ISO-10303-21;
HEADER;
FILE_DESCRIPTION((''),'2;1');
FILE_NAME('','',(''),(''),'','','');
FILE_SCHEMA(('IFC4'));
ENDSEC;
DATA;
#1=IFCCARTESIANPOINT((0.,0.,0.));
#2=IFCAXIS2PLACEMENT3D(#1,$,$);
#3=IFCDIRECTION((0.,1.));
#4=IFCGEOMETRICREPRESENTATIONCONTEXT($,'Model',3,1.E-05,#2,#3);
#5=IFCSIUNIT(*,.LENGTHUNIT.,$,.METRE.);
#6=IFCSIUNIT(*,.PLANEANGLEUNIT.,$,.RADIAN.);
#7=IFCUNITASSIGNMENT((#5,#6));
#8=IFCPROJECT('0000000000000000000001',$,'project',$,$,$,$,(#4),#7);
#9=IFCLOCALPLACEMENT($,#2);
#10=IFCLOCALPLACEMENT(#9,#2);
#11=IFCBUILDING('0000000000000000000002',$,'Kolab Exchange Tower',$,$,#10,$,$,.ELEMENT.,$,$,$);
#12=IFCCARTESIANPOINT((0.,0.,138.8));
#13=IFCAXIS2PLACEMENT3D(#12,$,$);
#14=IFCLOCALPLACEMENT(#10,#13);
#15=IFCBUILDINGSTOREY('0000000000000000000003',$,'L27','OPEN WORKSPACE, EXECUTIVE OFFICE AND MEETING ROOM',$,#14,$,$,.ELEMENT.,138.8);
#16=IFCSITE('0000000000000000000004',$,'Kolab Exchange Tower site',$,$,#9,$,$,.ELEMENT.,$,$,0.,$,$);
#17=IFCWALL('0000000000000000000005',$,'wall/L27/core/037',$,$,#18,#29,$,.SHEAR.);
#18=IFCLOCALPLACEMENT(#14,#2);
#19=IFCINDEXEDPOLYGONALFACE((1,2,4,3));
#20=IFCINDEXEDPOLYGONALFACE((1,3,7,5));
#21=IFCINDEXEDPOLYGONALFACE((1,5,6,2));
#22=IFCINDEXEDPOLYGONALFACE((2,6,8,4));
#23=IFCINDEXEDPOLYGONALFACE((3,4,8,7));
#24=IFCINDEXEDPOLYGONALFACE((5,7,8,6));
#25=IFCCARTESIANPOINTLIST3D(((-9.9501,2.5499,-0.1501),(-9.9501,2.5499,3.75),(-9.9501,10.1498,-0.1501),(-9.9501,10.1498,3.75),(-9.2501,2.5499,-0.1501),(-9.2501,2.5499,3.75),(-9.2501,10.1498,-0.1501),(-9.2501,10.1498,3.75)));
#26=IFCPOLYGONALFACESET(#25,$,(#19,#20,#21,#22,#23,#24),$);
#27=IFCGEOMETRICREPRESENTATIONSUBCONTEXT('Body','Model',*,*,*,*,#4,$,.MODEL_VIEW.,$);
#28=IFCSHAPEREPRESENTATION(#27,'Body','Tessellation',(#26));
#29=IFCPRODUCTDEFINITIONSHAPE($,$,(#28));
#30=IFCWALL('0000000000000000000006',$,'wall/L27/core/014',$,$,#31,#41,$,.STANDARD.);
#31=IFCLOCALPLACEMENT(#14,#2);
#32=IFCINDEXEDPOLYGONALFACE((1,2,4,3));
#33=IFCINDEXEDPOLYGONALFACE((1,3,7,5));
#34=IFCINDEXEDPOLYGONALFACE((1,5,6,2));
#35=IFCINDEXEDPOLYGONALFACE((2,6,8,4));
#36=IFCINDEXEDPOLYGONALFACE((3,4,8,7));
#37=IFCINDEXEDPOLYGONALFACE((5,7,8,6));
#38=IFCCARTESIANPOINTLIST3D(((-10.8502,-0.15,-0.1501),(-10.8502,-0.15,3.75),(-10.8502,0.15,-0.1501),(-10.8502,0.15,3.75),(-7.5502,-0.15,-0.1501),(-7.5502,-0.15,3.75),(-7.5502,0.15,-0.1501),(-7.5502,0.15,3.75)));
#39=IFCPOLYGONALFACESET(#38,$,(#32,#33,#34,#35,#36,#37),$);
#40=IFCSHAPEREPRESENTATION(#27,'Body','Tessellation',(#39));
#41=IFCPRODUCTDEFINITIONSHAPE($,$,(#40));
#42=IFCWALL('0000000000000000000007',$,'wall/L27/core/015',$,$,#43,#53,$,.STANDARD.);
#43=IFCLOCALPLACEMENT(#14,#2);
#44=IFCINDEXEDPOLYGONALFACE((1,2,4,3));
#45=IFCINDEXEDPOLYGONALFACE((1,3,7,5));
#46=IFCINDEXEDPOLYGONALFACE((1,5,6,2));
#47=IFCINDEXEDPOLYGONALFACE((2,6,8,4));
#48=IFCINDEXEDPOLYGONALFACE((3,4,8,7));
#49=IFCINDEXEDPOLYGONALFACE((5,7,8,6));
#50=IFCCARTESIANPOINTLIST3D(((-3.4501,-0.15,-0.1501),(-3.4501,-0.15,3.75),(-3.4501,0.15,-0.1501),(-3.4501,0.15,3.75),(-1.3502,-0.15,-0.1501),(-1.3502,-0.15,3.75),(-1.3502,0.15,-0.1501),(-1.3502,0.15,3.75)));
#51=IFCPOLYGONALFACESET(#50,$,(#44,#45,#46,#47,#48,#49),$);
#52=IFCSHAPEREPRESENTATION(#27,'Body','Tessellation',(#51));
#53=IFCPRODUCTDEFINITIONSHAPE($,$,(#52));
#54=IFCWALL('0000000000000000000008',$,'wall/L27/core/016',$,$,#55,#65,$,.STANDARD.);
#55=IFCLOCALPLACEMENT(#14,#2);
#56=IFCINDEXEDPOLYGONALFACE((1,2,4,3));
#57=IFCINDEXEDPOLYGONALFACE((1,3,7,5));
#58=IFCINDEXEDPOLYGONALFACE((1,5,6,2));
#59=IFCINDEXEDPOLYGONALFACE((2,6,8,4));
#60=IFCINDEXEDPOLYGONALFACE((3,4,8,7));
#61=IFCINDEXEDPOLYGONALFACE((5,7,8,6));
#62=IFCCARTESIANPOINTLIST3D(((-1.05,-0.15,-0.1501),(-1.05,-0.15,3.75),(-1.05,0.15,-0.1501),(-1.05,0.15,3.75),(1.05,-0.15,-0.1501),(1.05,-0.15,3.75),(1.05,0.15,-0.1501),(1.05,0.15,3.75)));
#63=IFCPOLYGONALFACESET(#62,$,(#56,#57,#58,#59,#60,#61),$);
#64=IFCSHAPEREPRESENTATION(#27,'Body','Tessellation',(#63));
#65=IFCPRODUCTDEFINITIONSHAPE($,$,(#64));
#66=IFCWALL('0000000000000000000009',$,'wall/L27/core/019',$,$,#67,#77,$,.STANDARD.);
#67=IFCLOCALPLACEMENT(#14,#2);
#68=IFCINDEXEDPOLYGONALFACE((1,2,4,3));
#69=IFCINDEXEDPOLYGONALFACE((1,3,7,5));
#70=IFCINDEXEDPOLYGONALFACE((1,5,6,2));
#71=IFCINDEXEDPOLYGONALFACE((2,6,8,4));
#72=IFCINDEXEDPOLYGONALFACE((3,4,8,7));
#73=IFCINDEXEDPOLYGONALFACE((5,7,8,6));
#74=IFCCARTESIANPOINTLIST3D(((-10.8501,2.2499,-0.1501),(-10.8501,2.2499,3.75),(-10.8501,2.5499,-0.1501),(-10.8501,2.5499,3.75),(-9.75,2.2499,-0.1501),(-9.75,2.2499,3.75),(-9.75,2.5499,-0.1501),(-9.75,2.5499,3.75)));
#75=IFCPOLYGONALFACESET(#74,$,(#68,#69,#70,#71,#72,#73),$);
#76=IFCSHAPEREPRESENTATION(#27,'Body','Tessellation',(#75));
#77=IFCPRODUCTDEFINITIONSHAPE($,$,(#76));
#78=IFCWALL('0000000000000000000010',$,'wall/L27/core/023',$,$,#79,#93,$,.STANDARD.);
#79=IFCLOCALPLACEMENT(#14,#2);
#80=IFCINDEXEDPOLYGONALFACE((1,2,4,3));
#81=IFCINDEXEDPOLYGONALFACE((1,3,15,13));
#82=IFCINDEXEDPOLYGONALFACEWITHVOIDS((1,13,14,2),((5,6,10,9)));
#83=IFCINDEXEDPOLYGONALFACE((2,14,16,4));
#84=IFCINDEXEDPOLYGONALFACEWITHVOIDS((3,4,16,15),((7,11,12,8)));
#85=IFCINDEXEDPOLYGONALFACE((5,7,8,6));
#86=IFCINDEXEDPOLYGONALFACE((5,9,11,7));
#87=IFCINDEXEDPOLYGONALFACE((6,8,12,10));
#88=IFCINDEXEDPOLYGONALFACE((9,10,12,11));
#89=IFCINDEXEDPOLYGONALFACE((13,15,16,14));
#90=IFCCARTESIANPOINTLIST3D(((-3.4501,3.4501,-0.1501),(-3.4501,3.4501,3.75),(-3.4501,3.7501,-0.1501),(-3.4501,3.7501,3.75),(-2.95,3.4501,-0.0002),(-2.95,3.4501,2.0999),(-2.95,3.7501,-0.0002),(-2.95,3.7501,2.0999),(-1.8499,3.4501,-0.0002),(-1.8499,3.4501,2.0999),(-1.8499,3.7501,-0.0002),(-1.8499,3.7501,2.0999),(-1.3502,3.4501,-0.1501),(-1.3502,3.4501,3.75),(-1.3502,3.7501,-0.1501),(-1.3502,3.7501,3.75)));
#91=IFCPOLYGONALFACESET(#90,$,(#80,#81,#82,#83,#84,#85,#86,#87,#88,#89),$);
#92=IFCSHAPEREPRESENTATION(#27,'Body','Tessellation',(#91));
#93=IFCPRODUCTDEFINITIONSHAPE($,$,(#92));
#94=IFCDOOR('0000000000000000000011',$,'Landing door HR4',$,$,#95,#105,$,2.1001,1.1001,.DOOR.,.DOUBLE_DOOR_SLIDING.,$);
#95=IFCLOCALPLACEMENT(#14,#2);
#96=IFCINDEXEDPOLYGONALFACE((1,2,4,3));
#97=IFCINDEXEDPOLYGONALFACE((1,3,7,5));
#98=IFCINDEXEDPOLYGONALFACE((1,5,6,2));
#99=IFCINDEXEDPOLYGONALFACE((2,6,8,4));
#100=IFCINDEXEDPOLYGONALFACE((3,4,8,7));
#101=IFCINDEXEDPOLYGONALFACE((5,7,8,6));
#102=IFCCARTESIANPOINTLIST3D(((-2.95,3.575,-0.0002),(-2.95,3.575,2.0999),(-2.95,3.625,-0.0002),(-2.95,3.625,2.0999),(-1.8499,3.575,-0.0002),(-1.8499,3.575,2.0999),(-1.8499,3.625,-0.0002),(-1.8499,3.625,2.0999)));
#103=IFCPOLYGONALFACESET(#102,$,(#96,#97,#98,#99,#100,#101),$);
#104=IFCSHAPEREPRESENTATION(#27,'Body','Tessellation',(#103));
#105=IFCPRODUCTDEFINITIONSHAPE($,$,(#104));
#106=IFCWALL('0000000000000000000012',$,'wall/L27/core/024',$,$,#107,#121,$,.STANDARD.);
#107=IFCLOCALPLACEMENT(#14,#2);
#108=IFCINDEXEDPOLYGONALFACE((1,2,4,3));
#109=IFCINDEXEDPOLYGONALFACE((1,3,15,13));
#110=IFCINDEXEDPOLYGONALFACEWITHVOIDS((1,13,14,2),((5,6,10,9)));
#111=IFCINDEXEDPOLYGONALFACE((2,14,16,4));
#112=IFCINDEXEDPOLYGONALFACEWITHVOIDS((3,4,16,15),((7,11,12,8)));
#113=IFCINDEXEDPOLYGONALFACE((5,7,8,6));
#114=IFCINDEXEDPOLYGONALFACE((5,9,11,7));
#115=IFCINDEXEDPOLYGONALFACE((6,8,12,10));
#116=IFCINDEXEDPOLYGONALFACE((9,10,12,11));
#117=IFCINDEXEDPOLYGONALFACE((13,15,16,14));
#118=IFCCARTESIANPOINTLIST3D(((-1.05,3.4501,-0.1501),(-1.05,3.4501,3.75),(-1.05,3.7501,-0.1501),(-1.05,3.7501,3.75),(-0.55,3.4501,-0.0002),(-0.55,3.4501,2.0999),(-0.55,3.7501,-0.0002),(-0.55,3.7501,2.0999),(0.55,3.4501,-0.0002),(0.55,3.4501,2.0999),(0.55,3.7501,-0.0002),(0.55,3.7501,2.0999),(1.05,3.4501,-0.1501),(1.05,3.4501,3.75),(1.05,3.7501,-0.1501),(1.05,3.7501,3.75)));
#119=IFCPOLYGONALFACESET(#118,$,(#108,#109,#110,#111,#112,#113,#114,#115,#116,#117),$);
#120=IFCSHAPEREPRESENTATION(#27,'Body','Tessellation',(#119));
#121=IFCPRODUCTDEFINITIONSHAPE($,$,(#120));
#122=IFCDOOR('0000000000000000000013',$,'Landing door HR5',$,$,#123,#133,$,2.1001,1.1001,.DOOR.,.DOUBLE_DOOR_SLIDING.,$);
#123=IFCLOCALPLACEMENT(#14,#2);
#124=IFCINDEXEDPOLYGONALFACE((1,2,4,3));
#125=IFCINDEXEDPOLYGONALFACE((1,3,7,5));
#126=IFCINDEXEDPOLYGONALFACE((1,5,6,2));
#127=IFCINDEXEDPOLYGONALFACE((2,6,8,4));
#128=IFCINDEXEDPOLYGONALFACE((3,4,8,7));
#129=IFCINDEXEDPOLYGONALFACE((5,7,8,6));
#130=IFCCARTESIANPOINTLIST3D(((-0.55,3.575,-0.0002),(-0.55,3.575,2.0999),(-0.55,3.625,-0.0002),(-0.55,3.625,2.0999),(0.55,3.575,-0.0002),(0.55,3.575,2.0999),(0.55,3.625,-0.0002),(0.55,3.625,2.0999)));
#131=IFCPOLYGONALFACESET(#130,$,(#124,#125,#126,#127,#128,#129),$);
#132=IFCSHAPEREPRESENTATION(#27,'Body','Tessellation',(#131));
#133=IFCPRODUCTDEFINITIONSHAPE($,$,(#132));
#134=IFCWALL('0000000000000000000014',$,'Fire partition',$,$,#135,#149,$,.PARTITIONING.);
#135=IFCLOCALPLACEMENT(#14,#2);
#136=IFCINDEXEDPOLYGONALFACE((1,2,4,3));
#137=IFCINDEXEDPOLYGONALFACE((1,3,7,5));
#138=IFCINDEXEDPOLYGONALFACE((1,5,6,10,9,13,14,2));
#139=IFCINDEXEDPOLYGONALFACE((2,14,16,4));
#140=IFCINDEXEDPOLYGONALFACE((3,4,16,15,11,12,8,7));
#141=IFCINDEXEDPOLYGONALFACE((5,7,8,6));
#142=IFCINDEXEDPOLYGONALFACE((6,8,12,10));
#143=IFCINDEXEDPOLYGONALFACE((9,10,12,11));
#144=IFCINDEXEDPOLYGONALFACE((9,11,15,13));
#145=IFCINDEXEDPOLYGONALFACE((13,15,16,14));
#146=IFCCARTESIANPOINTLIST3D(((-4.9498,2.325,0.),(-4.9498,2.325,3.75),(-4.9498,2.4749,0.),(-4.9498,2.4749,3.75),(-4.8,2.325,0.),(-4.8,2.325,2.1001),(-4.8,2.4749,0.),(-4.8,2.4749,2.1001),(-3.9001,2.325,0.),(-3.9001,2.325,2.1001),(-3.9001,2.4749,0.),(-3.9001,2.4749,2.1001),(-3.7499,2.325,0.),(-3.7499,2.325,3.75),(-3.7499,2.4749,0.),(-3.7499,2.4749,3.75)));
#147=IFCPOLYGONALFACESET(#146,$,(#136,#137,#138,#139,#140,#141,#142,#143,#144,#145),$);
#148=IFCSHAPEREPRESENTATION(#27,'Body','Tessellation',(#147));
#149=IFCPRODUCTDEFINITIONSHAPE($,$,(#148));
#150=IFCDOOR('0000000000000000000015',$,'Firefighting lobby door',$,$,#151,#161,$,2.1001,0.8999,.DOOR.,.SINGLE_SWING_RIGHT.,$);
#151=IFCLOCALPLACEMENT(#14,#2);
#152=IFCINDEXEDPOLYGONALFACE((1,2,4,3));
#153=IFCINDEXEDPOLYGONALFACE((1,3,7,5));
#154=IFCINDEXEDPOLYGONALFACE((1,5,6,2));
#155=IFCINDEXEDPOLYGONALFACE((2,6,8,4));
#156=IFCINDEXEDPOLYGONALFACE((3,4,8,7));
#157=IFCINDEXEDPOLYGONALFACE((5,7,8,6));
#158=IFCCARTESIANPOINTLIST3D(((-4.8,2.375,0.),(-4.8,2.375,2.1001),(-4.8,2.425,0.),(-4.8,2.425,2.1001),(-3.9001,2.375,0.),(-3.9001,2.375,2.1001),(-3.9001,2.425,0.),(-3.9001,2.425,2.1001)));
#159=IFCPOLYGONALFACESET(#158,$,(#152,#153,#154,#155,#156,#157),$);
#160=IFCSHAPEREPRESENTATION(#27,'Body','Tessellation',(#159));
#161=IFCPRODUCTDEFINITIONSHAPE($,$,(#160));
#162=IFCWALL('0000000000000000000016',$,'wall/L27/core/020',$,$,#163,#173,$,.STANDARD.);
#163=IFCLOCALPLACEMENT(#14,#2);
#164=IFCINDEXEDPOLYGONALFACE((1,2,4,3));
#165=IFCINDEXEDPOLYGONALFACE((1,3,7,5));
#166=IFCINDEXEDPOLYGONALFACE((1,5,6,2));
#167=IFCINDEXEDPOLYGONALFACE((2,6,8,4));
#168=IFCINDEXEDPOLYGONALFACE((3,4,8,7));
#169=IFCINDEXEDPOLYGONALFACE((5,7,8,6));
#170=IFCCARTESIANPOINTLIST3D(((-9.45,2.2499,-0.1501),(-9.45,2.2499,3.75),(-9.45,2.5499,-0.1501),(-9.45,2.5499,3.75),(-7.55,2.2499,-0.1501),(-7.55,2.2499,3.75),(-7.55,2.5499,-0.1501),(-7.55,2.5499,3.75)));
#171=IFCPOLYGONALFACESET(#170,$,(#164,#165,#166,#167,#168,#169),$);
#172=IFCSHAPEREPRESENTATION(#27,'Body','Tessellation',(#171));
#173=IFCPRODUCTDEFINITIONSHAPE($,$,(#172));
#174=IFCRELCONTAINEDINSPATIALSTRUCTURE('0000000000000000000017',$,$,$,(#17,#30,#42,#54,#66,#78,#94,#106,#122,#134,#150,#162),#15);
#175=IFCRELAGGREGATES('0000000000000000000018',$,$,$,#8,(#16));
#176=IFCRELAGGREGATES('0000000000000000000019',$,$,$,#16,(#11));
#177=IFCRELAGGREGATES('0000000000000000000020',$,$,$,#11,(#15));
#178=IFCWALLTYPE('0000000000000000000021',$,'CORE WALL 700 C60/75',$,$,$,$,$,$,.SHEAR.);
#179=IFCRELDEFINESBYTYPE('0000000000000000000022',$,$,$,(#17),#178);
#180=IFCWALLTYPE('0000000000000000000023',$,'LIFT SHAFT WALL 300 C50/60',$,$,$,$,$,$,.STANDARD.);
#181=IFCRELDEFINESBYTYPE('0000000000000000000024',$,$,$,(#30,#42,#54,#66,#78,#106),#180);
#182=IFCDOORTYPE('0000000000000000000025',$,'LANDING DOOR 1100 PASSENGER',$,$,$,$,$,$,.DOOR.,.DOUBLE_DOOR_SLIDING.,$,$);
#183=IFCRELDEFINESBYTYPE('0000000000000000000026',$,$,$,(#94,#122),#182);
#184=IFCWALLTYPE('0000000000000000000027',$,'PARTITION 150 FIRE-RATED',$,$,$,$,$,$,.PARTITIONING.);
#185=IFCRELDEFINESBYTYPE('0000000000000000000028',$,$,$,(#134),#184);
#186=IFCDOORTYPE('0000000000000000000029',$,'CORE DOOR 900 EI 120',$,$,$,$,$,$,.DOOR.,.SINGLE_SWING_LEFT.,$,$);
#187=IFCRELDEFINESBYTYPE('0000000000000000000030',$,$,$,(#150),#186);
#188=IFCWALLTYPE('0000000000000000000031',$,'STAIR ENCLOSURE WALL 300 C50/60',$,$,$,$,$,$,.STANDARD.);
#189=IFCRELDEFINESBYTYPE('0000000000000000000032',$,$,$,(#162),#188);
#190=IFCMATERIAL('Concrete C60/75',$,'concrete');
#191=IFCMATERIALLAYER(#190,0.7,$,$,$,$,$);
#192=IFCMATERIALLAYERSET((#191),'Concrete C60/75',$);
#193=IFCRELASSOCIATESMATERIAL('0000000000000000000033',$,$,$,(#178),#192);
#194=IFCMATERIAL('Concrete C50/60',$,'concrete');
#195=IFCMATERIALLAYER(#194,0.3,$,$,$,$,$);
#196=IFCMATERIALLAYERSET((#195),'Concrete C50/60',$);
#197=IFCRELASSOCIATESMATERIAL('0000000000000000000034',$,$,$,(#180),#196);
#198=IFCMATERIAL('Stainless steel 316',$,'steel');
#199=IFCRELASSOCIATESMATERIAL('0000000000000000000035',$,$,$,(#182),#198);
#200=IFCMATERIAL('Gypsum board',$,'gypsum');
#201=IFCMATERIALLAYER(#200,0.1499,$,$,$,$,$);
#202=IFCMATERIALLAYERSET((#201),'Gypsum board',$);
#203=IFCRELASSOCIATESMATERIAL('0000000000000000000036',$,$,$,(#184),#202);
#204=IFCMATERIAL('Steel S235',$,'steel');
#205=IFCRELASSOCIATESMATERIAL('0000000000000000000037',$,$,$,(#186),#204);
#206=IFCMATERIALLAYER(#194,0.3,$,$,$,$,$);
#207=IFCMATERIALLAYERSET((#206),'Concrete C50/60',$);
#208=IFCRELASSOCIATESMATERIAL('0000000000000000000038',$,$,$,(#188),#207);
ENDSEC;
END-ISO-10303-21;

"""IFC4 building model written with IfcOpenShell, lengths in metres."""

from ifc_helpers import new_model, si_unit, direction, frame, frame_2d, origin, place, context, subcontext, project, spatial, rectangle, extrude, material, layer, layer_set, type_object, element, fill, save


model = new_model("IFC4")

# Units and contexts
model_context = context("Model", 3, precision=1e-05, world=origin(), true_north=direction((0.0, 1.0)))
body_context = subcontext(model_context, "Body", "Model", "MODEL_VIEW")
ifc_project = project(units=[si_unit("LENGTHUNIT", "METRE"), si_unit("PLANEANGLEUNIT", "RADIAN")], contexts=[model_context])

# Site, building, storey
site_placement = place(None, origin())
site = spatial("IfcSite", under=ifc_project, at=site_placement, Name="Kolab Exchange Tower site", CompositionType="ELEMENT", RefElevation=0.0)
building_placement = place(site_placement, origin())
building = spatial("IfcBuilding", under=site, at=building_placement, Name="Kolab Exchange Tower", CompositionType="ELEMENT")
storey_placement = place(building_placement, frame((0.0, 0.0, 138.8)))
storey = spatial("IfcBuildingStorey", under=building, at=storey_placement, Name="L27", Description="OPEN WORKSPACE, EXECUTIVE OFFICE AND MEETING ROOM", CompositionType="ELEMENT", Elevation=138.8)

# Walls
ifc_material_1 = material(Name="Concrete C60/75", Category="concrete")
ifc_layer_1 = layer(ifc_material_1, 0.7)
ifc_layer_set_1 = layer_set([ifc_layer_1], Name="Concrete C60/75")
wall_type_1 = type_object("IfcWallType", Name="CORE WALL 700 C60/75", PredefinedType="SHEAR", material=ifc_layer_set_1)
wall_1_placement = place(storey_placement, frame((-9.6001, 2.55, -0.1501), z_axis=(0.0, 0.0, 1.0), x_axis=(0.0, 1.0, 0.0)))
element("IfcWall", 1, at=wall_1_placement, inside=storey, type_object=wall_type_1, Name="wall/L27/core/037", PredefinedType="SHEAR", context=body_context, shape_type="SweptSolid", body=[
    extrude(rectangle(XDim=7.5999, YDim=0.7, at=frame_2d((3.7998, 0.0))), origin(), (0.0, 0.0, 1.0), 3.9001),
])
ifc_material_2 = material(Name="Concrete C50/60", Category="concrete")
ifc_layer_2 = layer(ifc_material_2, 0.3)
ifc_layer_set_2 = layer_set([ifc_layer_2], Name="Concrete C50/60")
wall_type_2 = type_object("IfcWallType", Name="LIFT SHAFT WALL 300 C50/60", PredefinedType="STANDARD", material=ifc_layer_set_2)
wall_2_placement = place(storey_placement, frame((-10.8501, 0.0, -0.1501), z_axis=(0.0, 0.0, 1.0), x_axis=(1.0, 0.0, 0.0)))
element("IfcWall", 2, at=wall_2_placement, inside=storey, type_object=wall_type_2, Name="wall/L27/core/014", PredefinedType="STANDARD", context=body_context, shape_type="SweptSolid", body=[
    extrude(rectangle(XDim=3.3, YDim=0.3, at=frame_2d((1.6499, 0.0))), origin(), (0.0, 0.0, 1.0), 3.9001),
])
wall_3_placement = place(storey_placement, frame((-3.45, 0.0, -0.1501), z_axis=(0.0, 0.0, 1.0), x_axis=(1.0, 0.0, 0.0)))
element("IfcWall", 3, at=wall_3_placement, inside=storey, type_object=wall_type_2, Name="wall/L27/core/015", PredefinedType="STANDARD", context=body_context, shape_type="SweptSolid", body=[
    extrude(rectangle(XDim=2.0999, YDim=0.3, at=frame_2d((1.0498, 0.0))), origin(), (0.0, 0.0, 1.0), 3.9001),
])
wall_4_placement = place(storey_placement, frame((-1.05, 0.0, -0.1501), z_axis=(0.0, 0.0, 1.0), x_axis=(1.0, 0.0, 0.0)))
element("IfcWall", 4, at=wall_4_placement, inside=storey, type_object=wall_type_2, Name="wall/L27/core/016", PredefinedType="STANDARD", context=body_context, shape_type="SweptSolid", body=[
    extrude(rectangle(XDim=2.1001, YDim=0.3, at=frame_2d((1.05, 0.0))), origin(), (0.0, 0.0, 1.0), 3.9001),
])
wall_5_placement = place(storey_placement, frame((-10.8501, 2.3999, -0.1501), z_axis=(0.0, 0.0, 1.0), x_axis=(1.0, 0.0, 0.0)))
element("IfcWall", 5, at=wall_5_placement, inside=storey, type_object=wall_type_2, Name="wall/L27/core/019", PredefinedType="STANDARD", context=body_context, shape_type="SweptSolid", body=[
    extrude(rectangle(XDim=1.1001, YDim=0.3, at=frame_2d((0.55, 0.0))), origin(), (0.0, 0.0, 1.0), 3.9001),
])

# Walls, openings, doors
wall_6_placement = place(storey_placement, frame((-3.45, 3.6001, -0.1501), z_axis=(0.0, 0.0, 1.0), x_axis=(1.0, 0.0, 0.0)))
wall_6 = element("IfcWall", 6, at=wall_6_placement, inside=storey, type_object=wall_type_2, Name="wall/L27/core/023", PredefinedType="STANDARD", context=body_context, shape_type="SweptSolid", body=[
    extrude(rectangle(XDim=2.0999, YDim=0.3, at=frame_2d((1.0498, 0.0))), origin(), (0.0, 0.0, 1.0), 3.9001),
])
opening_1_placement = place(wall_6_placement, frame((0.5, 0.0, 0.1499)))
opening_1 = element("IfcOpeningElement", 7, at=opening_1_placement, cuts=wall_6, PredefinedType="OPENING", context=body_context, shape_type="SweptSolid", body=[
    extrude(rectangle(XDim=1.1001, YDim=2.1001, at=frame_2d((0.55, 1.05))), frame((0.0, 0.1602, 0.0), z_axis=(0.0, -1.0, 0.0), x_axis=(1.0, 0.0, 0.0)), (0.0, 0.0, 1.0), 0.3201),
])
ifc_material_3 = material(Name="Stainless steel 316", Category="steel")
door_type_1 = type_object("IfcDoorType", Name="LANDING DOOR 1100 PASSENGER", OperationType="DOUBLE_DOOR_SLIDING", PredefinedType="DOOR", material=ifc_material_3)
door_1_placement = place(opening_1_placement, origin())
door_1 = element("IfcDoor", 8, at=door_1_placement, inside=storey, type_object=door_type_1, Name="Landing door HR4", OperationType="DOUBLE_DOOR_SLIDING", OverallHeight=2.1001, OverallWidth=1.1001, PredefinedType="DOOR", context=body_context, shape_type="SweptSolid", body=[
    extrude(rectangle(XDim=1.1001, YDim=2.1001, at=frame_2d((0.55, 1.05))), frame((0.0, 0.0249, 0.0), z_axis=(0.0, -1.0, 0.0), x_axis=(1.0, 0.0, 0.0)), (0.0, 0.0, 1.0), 0.05),
])
fill(opening_1, door_1)
wall_7_placement = place(storey_placement, frame((-1.05, 3.6001, -0.1501), z_axis=(0.0, 0.0, 1.0), x_axis=(1.0, 0.0, 0.0)))
wall_7 = element("IfcWall", 9, at=wall_7_placement, inside=storey, type_object=wall_type_2, Name="wall/L27/core/024", PredefinedType="STANDARD", context=body_context, shape_type="SweptSolid", body=[
    extrude(rectangle(XDim=2.1001, YDim=0.3, at=frame_2d((1.05, 0.0))), origin(), (0.0, 0.0, 1.0), 3.9001),
])
opening_2_placement = place(wall_7_placement, frame((0.5, 0.0, 0.1499)))
opening_2 = element("IfcOpeningElement", 10, at=opening_2_placement, cuts=wall_7, PredefinedType="OPENING", context=body_context, shape_type="SweptSolid", body=[
    extrude(rectangle(XDim=1.1001, YDim=2.1001, at=frame_2d((0.55, 1.05))), frame((0.0, 0.1602, 0.0), z_axis=(0.0, -1.0, 0.0), x_axis=(1.0, 0.0, 0.0)), (0.0, 0.0, 1.0), 0.3201),
])
door_2_placement = place(opening_2_placement, origin())
door_2 = element("IfcDoor", 11, at=door_2_placement, inside=storey, type_object=door_type_1, Name="Landing door HR5", OperationType="DOUBLE_DOOR_SLIDING", OverallHeight=2.1001, OverallWidth=1.1001, PredefinedType="DOOR", context=body_context, shape_type="SweptSolid", body=[
    extrude(rectangle(XDim=1.1001, YDim=2.1001, at=frame_2d((0.55, 1.05))), frame((0.0, 0.0249, 0.0), z_axis=(0.0, -1.0, 0.0), x_axis=(1.0, 0.0, 0.0)), (0.0, 0.0, 1.0), 0.05),
])
fill(opening_2, door_2)
ifc_material_4 = material(Name="Gypsum board", Category="gypsum")
ifc_layer_3 = layer(ifc_material_4, 0.1499)
ifc_layer_set_3 = layer_set([ifc_layer_3], Name="Gypsum board")
wall_type_3 = type_object("IfcWallType", Name="PARTITION 150 FIRE-RATED", PredefinedType="PARTITIONING", material=ifc_layer_set_3)
wall_8_placement = place(storey_placement, frame((-4.95, 2.3999, 0.0), z_axis=(0.0, 0.0, 1.0), x_axis=(1.0, 0.0, 0.0)))
wall_8 = element("IfcWall", 12, at=wall_8_placement, inside=storey, type_object=wall_type_3, Name="Fire partition", PredefinedType="PARTITIONING", context=body_context, shape_type="SweptSolid", body=[
    extrude(rectangle(XDim=1.2, YDim=0.1499, at=frame_2d((0.6001, 0.0))), origin(), (0.0, 0.0, 1.0), 3.75),
])
opening_3_placement = place(wall_8_placement, frame((0.1499, 0.0, 0.0)))
opening_3 = element("IfcOpeningElement", 13, at=opening_3_placement, cuts=wall_8, PredefinedType="OPENING", context=body_context, shape_type="SweptSolid", body=[
    extrude(rectangle(XDim=0.8999, YDim=2.1001, at=frame_2d((0.45, 1.05))), frame((0.0, 0.085, 0.0), z_axis=(0.0, -1.0, 0.0), x_axis=(1.0, 0.0, 0.0)), (0.0, 0.0, 1.0), 0.1699),
])
ifc_material_5 = material(Name="Steel S235", Category="steel")
door_type_2 = type_object("IfcDoorType", Name="CORE DOOR 900 EI 120", OperationType="SINGLE_SWING_LEFT", PredefinedType="DOOR", material=ifc_material_5)
door_3_placement = place(opening_3_placement, frame((0.8999, 0.0, 0.0), z_axis=(0.0, 0.0, 1.0), x_axis=(-1.0, 0.0, 0.0)))
door_3 = element("IfcDoor", 14, at=door_3_placement, inside=storey, type_object=door_type_2, Name="Firefighting lobby door", OperationType="SINGLE_SWING_RIGHT", OverallHeight=2.1001, OverallWidth=0.8999, PredefinedType="DOOR", context=body_context, shape_type="SweptSolid", body=[
    extrude(rectangle(XDim=0.8999, YDim=2.1001, at=frame_2d((0.45, 1.05))), frame((0.0, 0.0249, 0.0), z_axis=(0.0, -1.0, 0.0), x_axis=(1.0, 0.0, 0.0)), (0.0, 0.0, 1.0), 0.05),
])
fill(opening_3, door_3)

# Wall
ifc_layer_4 = layer(ifc_material_2, 0.3)
ifc_layer_set_4 = layer_set([ifc_layer_4], Name="Concrete C50/60")
wall_type_4 = type_object("IfcWallType", Name="STAIR ENCLOSURE WALL 300 C50/60", PredefinedType="STANDARD", material=ifc_layer_set_4)
wall_9_placement = place(storey_placement, frame((-9.45, 2.3999, -0.1501), z_axis=(0.0, 0.0, 1.0), x_axis=(1.0, 0.0, 0.0)))
element("IfcWall", 15, at=wall_9_placement, inside=storey, type_object=wall_type_4, Name="wall/L27/core/020", PredefinedType="STANDARD", context=body_context, shape_type="SweptSolid", body=[
    extrude(rectangle(XDim=1.8999, YDim=0.3, at=frame_2d((0.95, 0.0))), origin(), (0.0, 0.0, 1.0), 3.9001),
])

save(model, "model.ifc")
